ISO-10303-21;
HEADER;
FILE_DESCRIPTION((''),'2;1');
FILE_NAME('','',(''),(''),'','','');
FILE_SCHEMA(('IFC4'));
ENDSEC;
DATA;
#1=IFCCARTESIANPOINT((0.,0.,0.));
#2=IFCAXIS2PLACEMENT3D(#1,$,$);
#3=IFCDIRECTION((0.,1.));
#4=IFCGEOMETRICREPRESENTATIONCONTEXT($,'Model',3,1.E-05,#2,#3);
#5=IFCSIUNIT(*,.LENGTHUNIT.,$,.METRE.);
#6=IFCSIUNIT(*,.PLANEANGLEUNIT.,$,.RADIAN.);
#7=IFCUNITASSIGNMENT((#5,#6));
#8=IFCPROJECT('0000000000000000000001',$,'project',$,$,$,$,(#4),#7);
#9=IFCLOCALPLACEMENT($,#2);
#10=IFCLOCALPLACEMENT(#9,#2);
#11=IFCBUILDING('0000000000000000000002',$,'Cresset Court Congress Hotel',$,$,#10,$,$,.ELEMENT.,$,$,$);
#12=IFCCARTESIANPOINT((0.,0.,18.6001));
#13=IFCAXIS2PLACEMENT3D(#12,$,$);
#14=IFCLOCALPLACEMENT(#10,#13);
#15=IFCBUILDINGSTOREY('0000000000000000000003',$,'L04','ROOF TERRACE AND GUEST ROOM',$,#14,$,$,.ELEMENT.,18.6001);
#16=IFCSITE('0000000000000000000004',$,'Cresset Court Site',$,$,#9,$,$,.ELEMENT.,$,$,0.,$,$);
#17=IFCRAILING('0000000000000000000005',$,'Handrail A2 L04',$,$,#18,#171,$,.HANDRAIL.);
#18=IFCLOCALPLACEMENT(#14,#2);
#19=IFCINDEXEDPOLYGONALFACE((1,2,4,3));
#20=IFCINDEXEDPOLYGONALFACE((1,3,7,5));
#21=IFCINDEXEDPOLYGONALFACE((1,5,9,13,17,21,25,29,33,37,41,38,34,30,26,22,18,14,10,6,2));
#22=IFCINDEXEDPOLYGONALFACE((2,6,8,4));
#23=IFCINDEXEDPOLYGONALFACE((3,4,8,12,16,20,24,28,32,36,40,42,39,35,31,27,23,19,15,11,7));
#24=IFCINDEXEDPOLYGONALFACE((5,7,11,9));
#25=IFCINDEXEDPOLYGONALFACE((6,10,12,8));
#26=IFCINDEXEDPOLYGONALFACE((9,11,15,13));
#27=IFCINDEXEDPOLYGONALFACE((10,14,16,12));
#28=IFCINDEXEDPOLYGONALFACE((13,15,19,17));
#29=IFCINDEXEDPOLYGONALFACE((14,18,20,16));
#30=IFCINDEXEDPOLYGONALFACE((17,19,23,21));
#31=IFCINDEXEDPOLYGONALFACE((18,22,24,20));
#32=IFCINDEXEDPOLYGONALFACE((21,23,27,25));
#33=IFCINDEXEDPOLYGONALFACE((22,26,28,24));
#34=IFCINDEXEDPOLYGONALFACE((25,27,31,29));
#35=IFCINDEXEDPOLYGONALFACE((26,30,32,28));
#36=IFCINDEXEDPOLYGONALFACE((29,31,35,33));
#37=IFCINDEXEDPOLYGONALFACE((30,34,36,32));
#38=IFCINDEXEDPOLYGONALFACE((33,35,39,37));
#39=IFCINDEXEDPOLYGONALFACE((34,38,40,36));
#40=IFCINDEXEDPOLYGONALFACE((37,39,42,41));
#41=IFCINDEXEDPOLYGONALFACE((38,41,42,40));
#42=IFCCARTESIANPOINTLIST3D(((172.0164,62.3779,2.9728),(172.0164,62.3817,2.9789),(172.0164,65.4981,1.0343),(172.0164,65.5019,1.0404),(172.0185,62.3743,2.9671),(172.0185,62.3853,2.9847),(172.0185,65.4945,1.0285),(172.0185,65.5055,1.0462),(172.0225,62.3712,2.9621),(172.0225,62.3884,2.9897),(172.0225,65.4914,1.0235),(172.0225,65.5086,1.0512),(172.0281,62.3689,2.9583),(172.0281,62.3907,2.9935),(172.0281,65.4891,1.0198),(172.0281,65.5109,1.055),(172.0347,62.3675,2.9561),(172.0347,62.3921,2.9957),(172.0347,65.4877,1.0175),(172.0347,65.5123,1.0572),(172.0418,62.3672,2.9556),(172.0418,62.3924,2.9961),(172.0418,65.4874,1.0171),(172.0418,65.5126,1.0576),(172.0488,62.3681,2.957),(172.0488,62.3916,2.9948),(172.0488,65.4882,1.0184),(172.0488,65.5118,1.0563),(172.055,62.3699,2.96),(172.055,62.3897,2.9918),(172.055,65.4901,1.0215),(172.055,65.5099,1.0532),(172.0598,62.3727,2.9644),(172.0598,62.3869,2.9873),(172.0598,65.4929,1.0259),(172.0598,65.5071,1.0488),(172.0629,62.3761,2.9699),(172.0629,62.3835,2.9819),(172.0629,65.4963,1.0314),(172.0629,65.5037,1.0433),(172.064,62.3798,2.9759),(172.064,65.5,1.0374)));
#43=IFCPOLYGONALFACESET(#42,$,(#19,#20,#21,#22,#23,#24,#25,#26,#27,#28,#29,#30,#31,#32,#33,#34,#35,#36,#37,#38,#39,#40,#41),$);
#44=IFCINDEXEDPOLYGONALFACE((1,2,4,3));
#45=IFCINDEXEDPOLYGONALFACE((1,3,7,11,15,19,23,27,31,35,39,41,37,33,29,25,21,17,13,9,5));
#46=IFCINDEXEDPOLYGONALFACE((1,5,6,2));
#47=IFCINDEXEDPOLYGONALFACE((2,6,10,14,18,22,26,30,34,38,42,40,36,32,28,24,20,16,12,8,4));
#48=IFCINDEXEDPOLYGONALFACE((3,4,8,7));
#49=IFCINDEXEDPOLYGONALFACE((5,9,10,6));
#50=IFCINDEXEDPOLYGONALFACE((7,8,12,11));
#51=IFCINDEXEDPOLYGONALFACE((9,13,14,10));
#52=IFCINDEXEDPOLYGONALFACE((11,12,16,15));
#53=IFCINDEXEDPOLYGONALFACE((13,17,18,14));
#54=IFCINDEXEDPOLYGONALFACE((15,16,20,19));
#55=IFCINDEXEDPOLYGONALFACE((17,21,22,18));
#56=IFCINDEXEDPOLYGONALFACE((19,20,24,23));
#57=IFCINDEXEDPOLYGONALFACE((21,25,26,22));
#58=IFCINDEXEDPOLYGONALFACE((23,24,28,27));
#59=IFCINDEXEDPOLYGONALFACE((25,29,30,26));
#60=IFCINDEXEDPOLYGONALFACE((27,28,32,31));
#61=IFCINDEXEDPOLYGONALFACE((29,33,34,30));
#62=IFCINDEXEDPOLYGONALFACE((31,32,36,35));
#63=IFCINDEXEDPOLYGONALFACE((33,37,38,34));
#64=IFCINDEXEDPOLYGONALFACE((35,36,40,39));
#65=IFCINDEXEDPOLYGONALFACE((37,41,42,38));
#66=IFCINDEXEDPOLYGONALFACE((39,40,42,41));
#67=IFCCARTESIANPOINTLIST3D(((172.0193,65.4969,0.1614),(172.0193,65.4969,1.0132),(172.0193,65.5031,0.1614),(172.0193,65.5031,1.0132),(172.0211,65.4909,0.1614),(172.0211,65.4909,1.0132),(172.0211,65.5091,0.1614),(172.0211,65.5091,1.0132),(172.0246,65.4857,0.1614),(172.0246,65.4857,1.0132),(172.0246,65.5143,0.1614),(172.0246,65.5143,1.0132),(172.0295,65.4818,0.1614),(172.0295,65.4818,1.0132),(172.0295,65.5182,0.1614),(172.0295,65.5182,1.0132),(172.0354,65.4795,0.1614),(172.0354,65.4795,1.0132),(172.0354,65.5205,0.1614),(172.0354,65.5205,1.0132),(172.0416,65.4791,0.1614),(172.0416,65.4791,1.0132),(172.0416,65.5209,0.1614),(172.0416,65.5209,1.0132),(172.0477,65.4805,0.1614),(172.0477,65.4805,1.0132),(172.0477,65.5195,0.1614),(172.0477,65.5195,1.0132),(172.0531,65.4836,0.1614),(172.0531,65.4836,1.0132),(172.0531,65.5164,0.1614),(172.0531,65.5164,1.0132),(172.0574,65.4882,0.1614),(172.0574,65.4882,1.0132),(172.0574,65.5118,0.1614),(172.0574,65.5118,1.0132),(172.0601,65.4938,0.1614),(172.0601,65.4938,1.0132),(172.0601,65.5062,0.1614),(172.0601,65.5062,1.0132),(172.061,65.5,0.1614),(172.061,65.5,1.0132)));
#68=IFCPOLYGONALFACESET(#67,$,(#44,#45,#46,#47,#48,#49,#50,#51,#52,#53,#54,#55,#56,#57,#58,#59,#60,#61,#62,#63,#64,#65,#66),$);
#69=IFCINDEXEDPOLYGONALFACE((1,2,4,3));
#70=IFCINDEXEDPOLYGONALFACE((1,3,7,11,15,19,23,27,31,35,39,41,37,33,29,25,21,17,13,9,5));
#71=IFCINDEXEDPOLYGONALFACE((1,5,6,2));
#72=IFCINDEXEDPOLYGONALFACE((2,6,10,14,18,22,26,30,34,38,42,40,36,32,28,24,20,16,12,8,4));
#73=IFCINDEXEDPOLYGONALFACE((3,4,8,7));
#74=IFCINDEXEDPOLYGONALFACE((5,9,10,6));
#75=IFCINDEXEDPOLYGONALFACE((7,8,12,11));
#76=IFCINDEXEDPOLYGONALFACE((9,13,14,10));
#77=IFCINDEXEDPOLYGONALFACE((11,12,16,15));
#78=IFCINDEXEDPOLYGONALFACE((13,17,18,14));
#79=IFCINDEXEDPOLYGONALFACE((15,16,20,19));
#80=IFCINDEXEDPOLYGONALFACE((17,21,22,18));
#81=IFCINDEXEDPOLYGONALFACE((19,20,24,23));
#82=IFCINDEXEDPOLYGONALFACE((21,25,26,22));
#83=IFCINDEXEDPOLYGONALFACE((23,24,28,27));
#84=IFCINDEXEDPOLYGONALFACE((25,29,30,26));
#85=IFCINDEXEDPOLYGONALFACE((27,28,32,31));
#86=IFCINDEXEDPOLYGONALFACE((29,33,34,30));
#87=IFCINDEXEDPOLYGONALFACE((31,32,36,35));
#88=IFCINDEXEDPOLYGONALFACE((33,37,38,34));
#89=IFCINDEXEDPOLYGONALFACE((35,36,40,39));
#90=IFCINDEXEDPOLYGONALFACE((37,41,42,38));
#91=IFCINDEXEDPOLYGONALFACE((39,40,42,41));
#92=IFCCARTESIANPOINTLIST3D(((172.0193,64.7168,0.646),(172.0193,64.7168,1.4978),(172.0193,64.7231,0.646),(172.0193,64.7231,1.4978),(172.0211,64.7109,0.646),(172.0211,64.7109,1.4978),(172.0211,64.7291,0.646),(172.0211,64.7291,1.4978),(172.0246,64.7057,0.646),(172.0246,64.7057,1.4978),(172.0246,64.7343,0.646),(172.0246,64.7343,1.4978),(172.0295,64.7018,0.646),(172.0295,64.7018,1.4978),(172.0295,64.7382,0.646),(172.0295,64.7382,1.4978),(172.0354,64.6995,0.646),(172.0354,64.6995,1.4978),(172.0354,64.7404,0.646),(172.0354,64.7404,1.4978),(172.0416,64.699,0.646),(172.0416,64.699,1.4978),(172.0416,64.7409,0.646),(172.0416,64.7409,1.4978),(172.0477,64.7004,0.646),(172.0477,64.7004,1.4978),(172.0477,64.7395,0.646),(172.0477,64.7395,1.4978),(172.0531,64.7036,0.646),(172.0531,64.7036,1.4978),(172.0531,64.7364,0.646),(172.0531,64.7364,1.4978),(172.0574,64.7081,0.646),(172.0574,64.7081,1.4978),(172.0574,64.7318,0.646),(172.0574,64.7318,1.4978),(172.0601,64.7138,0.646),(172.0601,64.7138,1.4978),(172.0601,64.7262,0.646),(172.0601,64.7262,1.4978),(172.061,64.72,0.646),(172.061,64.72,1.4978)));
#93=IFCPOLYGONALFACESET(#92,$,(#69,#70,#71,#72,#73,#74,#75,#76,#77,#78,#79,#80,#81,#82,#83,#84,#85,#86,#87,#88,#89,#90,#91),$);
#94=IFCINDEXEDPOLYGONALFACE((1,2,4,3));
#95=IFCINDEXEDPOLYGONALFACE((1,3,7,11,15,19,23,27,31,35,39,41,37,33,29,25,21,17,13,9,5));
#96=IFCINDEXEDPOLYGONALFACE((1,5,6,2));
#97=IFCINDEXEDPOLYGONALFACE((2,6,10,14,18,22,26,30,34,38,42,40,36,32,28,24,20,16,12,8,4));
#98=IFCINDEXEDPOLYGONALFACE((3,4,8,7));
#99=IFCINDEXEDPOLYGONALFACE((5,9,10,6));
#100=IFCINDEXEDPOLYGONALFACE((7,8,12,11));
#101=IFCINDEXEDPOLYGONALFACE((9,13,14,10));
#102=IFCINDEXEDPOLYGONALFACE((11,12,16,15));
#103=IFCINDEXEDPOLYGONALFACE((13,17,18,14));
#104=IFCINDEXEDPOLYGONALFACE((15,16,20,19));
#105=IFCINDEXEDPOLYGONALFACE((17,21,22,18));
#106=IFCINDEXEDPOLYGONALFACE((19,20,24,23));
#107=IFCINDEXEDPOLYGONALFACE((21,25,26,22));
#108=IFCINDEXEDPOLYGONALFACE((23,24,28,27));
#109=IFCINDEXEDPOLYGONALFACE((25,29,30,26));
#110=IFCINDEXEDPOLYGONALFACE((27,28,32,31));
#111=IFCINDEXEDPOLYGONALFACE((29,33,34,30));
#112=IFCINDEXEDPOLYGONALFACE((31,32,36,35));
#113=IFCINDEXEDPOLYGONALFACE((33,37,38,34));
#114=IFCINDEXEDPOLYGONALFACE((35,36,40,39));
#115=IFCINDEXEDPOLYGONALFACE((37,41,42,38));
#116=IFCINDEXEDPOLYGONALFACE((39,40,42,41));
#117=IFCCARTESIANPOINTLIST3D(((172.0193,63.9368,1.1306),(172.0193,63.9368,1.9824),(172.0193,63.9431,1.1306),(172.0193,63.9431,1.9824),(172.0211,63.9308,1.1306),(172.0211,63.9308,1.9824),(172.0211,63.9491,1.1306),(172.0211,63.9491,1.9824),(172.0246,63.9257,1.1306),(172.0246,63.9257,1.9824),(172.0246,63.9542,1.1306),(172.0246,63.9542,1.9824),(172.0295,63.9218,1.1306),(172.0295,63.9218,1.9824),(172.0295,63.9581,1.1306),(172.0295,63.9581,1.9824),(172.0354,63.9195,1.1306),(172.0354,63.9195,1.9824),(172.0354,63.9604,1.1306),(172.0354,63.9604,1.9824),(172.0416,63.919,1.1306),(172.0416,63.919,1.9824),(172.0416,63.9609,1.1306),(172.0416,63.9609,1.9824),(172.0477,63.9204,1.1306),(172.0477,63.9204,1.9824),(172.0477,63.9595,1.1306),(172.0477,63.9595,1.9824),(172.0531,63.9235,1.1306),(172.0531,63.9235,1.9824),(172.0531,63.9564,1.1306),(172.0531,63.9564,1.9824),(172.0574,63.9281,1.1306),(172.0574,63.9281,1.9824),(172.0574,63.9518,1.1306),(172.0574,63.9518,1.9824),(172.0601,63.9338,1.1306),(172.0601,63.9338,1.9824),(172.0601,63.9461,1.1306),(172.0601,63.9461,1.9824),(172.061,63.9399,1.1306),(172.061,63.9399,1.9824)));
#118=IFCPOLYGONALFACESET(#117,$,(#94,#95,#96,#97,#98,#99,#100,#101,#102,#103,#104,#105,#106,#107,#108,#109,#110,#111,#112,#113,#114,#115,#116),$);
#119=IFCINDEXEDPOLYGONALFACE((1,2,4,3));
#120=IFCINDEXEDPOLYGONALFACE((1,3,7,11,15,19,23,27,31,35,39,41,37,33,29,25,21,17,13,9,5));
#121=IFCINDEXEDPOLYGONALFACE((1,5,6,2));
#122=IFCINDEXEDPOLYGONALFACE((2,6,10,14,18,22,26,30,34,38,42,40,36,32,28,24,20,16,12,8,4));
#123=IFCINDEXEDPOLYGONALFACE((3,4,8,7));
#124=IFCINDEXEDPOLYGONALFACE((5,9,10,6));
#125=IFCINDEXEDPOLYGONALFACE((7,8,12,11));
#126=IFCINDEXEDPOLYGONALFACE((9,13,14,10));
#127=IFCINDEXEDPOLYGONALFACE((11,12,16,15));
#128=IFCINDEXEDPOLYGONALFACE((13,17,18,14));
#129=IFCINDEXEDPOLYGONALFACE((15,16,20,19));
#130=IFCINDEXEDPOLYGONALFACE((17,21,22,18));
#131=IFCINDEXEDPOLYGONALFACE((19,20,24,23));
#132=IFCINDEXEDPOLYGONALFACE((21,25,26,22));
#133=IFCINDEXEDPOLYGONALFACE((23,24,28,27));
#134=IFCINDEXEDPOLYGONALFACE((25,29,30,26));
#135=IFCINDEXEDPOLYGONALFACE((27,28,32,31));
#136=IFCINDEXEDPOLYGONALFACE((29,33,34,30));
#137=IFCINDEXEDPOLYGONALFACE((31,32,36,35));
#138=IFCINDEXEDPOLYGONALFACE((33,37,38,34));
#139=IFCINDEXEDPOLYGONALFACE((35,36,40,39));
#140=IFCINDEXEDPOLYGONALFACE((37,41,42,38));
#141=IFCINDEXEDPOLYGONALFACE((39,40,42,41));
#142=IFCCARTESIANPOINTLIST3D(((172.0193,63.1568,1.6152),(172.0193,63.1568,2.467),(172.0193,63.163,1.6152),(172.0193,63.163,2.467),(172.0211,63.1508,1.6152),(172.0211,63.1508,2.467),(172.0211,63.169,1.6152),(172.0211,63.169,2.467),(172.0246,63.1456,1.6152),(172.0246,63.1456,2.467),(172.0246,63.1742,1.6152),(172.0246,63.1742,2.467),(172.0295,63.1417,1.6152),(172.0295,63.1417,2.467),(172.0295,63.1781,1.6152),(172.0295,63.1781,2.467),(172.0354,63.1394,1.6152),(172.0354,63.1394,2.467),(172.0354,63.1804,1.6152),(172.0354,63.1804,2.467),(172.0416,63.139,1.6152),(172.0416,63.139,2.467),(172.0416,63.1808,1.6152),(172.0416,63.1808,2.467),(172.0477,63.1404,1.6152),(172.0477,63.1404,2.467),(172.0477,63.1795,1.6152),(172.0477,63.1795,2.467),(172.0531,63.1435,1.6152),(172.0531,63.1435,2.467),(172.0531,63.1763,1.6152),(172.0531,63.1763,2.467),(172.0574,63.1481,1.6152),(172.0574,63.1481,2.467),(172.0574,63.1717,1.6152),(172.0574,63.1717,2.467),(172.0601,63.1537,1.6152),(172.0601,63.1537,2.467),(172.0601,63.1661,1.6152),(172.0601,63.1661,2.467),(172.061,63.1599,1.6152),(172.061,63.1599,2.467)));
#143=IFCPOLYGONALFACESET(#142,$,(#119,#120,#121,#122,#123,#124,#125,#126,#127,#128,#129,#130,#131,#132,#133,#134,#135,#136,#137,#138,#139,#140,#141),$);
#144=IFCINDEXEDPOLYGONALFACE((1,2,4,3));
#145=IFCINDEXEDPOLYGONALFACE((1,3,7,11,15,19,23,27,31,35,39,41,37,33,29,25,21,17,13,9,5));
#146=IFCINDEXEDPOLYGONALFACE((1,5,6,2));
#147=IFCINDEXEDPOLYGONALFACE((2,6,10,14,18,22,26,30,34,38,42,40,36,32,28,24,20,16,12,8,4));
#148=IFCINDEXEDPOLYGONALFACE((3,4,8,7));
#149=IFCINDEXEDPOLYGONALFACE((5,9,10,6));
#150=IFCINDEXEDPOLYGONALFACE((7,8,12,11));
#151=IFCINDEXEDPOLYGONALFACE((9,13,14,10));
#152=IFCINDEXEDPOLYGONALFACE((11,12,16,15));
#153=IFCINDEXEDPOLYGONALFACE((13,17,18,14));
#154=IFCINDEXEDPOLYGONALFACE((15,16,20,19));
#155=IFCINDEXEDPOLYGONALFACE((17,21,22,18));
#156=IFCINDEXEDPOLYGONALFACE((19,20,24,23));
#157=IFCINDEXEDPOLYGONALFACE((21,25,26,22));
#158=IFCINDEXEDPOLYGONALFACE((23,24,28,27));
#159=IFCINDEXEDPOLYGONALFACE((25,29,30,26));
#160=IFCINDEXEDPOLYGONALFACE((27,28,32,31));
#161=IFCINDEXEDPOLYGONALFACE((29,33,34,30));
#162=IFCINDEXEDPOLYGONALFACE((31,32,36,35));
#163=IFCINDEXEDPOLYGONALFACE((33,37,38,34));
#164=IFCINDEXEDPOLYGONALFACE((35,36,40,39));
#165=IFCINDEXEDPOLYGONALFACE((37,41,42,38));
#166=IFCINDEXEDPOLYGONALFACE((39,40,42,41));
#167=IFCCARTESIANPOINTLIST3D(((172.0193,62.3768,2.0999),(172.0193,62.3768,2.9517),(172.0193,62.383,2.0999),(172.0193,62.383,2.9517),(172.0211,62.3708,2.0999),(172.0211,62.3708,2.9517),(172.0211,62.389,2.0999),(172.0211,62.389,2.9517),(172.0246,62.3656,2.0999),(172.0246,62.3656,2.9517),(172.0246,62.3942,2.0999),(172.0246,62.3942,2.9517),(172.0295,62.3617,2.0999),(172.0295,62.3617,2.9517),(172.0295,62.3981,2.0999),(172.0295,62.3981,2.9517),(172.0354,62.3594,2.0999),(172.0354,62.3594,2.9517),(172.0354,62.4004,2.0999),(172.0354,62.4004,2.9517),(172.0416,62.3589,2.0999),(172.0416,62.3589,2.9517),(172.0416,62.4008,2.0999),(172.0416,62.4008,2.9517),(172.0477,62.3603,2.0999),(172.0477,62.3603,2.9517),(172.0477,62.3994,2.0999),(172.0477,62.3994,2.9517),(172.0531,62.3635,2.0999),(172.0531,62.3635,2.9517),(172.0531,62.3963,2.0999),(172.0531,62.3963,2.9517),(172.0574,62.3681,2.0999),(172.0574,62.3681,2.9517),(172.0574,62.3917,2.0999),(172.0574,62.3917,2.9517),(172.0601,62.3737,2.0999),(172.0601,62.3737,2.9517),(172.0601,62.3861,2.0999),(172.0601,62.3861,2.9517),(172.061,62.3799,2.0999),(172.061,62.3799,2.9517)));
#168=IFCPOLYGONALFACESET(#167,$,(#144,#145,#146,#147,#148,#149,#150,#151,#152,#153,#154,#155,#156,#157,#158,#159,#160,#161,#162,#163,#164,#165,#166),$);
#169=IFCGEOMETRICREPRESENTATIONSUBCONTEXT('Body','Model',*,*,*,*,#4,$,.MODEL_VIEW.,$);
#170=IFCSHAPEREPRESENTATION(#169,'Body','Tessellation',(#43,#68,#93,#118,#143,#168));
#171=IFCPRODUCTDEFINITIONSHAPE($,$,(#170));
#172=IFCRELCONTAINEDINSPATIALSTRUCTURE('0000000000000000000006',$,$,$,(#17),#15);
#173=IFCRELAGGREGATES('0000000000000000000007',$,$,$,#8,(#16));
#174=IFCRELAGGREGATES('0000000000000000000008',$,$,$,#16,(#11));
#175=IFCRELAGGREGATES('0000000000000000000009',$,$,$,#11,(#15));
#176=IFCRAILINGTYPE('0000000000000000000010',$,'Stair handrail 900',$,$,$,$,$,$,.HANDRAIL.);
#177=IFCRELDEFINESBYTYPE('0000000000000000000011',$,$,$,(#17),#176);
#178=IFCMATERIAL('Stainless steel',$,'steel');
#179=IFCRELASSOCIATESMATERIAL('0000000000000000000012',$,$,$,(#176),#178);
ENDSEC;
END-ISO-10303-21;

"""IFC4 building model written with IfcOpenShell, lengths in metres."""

from ifc_helpers import new_model, si_unit, direction, frame, origin, origin_2d, place, context, subcontext, project, spatial, circle, extrude, material, type_object, element, save


model = new_model("IFC4")

# Units and contexts
model_context = context("Model", 3, precision=1e-05, world=origin(), true_north=direction((0.0, 1.0)))
body_context = subcontext(model_context, "Body", "Model", "MODEL_VIEW")
ifc_project = project(units=[si_unit("LENGTHUNIT", "METRE"), si_unit("PLANEANGLEUNIT", "RADIAN")], contexts=[model_context])

# Site, building, storey
site_placement = place(None, origin())
site = spatial("IfcSite", under=ifc_project, at=site_placement, Name="Cresset Court Site", CompositionType="ELEMENT", RefElevation=0.0)
building_placement = place(site_placement, origin())
building = spatial("IfcBuilding", under=site, at=building_placement, Name="Cresset Court Congress Hotel", CompositionType="ELEMENT")
storey_placement = place(building_placement, frame((0.0, 0.0, 18.6001)))
storey = spatial("IfcBuildingStorey", under=building, at=storey_placement, Name="L04", Description="ROOF TERRACE AND GUEST ROOM", CompositionType="ELEMENT", Elevation=18.6001)

# Railing
ifc_material_1 = material(Name="Stainless steel", Category="steel")
railing_type_1 = type_object("IfcRailingType", Name="Stair handrail 900", PredefinedType="HANDRAIL", material=ifc_material_1)
for number, where, name in (
    (1, (172.04, 65.5, 0.1614), "Handrail A2 L04"),
):
    element("IfcRailing", number, at=place(storey_placement, frame(where)), inside=storey, type_object=railing_type_1, Name=name, PredefinedType="HANDRAIL", context=body_context, shape_type="SweptSolid", body=[
        extrude(circle(Radius=0.0239, at=origin_2d()), frame((0.0, 0.0, 0.876), z_axis=(0.0, -0.849414, 0.527727), x_axis=(1.0, 0.0, 0.0)), (0.0, 0.0, 1.0), 3.6733),
        extrude(circle(Radius=0.021, at=origin_2d()), origin(), (0.0, 0.0, 1.0), 0.8518),
        extrude(circle(Radius=0.021, at=origin_2d()), frame((0.0, -0.78, 0.4846)), (0.0, 0.0, 1.0), 0.8518),
        extrude(circle(Radius=0.021, at=origin_2d()), frame((0.0, -1.5601, 0.9692)), (0.0, 0.0, 1.0), 0.8518),
        extrude(circle(Radius=0.021, at=origin_2d()), frame((0.0, -2.3401, 1.4539)), (0.0, 0.0, 1.0), 0.8518),
        extrude(circle(Radius=0.021, at=origin_2d()), frame((0.0, -3.1201, 1.9385)), (0.0, 0.0, 1.0), 0.8518),
    ])

save(model, "model.ifc")
